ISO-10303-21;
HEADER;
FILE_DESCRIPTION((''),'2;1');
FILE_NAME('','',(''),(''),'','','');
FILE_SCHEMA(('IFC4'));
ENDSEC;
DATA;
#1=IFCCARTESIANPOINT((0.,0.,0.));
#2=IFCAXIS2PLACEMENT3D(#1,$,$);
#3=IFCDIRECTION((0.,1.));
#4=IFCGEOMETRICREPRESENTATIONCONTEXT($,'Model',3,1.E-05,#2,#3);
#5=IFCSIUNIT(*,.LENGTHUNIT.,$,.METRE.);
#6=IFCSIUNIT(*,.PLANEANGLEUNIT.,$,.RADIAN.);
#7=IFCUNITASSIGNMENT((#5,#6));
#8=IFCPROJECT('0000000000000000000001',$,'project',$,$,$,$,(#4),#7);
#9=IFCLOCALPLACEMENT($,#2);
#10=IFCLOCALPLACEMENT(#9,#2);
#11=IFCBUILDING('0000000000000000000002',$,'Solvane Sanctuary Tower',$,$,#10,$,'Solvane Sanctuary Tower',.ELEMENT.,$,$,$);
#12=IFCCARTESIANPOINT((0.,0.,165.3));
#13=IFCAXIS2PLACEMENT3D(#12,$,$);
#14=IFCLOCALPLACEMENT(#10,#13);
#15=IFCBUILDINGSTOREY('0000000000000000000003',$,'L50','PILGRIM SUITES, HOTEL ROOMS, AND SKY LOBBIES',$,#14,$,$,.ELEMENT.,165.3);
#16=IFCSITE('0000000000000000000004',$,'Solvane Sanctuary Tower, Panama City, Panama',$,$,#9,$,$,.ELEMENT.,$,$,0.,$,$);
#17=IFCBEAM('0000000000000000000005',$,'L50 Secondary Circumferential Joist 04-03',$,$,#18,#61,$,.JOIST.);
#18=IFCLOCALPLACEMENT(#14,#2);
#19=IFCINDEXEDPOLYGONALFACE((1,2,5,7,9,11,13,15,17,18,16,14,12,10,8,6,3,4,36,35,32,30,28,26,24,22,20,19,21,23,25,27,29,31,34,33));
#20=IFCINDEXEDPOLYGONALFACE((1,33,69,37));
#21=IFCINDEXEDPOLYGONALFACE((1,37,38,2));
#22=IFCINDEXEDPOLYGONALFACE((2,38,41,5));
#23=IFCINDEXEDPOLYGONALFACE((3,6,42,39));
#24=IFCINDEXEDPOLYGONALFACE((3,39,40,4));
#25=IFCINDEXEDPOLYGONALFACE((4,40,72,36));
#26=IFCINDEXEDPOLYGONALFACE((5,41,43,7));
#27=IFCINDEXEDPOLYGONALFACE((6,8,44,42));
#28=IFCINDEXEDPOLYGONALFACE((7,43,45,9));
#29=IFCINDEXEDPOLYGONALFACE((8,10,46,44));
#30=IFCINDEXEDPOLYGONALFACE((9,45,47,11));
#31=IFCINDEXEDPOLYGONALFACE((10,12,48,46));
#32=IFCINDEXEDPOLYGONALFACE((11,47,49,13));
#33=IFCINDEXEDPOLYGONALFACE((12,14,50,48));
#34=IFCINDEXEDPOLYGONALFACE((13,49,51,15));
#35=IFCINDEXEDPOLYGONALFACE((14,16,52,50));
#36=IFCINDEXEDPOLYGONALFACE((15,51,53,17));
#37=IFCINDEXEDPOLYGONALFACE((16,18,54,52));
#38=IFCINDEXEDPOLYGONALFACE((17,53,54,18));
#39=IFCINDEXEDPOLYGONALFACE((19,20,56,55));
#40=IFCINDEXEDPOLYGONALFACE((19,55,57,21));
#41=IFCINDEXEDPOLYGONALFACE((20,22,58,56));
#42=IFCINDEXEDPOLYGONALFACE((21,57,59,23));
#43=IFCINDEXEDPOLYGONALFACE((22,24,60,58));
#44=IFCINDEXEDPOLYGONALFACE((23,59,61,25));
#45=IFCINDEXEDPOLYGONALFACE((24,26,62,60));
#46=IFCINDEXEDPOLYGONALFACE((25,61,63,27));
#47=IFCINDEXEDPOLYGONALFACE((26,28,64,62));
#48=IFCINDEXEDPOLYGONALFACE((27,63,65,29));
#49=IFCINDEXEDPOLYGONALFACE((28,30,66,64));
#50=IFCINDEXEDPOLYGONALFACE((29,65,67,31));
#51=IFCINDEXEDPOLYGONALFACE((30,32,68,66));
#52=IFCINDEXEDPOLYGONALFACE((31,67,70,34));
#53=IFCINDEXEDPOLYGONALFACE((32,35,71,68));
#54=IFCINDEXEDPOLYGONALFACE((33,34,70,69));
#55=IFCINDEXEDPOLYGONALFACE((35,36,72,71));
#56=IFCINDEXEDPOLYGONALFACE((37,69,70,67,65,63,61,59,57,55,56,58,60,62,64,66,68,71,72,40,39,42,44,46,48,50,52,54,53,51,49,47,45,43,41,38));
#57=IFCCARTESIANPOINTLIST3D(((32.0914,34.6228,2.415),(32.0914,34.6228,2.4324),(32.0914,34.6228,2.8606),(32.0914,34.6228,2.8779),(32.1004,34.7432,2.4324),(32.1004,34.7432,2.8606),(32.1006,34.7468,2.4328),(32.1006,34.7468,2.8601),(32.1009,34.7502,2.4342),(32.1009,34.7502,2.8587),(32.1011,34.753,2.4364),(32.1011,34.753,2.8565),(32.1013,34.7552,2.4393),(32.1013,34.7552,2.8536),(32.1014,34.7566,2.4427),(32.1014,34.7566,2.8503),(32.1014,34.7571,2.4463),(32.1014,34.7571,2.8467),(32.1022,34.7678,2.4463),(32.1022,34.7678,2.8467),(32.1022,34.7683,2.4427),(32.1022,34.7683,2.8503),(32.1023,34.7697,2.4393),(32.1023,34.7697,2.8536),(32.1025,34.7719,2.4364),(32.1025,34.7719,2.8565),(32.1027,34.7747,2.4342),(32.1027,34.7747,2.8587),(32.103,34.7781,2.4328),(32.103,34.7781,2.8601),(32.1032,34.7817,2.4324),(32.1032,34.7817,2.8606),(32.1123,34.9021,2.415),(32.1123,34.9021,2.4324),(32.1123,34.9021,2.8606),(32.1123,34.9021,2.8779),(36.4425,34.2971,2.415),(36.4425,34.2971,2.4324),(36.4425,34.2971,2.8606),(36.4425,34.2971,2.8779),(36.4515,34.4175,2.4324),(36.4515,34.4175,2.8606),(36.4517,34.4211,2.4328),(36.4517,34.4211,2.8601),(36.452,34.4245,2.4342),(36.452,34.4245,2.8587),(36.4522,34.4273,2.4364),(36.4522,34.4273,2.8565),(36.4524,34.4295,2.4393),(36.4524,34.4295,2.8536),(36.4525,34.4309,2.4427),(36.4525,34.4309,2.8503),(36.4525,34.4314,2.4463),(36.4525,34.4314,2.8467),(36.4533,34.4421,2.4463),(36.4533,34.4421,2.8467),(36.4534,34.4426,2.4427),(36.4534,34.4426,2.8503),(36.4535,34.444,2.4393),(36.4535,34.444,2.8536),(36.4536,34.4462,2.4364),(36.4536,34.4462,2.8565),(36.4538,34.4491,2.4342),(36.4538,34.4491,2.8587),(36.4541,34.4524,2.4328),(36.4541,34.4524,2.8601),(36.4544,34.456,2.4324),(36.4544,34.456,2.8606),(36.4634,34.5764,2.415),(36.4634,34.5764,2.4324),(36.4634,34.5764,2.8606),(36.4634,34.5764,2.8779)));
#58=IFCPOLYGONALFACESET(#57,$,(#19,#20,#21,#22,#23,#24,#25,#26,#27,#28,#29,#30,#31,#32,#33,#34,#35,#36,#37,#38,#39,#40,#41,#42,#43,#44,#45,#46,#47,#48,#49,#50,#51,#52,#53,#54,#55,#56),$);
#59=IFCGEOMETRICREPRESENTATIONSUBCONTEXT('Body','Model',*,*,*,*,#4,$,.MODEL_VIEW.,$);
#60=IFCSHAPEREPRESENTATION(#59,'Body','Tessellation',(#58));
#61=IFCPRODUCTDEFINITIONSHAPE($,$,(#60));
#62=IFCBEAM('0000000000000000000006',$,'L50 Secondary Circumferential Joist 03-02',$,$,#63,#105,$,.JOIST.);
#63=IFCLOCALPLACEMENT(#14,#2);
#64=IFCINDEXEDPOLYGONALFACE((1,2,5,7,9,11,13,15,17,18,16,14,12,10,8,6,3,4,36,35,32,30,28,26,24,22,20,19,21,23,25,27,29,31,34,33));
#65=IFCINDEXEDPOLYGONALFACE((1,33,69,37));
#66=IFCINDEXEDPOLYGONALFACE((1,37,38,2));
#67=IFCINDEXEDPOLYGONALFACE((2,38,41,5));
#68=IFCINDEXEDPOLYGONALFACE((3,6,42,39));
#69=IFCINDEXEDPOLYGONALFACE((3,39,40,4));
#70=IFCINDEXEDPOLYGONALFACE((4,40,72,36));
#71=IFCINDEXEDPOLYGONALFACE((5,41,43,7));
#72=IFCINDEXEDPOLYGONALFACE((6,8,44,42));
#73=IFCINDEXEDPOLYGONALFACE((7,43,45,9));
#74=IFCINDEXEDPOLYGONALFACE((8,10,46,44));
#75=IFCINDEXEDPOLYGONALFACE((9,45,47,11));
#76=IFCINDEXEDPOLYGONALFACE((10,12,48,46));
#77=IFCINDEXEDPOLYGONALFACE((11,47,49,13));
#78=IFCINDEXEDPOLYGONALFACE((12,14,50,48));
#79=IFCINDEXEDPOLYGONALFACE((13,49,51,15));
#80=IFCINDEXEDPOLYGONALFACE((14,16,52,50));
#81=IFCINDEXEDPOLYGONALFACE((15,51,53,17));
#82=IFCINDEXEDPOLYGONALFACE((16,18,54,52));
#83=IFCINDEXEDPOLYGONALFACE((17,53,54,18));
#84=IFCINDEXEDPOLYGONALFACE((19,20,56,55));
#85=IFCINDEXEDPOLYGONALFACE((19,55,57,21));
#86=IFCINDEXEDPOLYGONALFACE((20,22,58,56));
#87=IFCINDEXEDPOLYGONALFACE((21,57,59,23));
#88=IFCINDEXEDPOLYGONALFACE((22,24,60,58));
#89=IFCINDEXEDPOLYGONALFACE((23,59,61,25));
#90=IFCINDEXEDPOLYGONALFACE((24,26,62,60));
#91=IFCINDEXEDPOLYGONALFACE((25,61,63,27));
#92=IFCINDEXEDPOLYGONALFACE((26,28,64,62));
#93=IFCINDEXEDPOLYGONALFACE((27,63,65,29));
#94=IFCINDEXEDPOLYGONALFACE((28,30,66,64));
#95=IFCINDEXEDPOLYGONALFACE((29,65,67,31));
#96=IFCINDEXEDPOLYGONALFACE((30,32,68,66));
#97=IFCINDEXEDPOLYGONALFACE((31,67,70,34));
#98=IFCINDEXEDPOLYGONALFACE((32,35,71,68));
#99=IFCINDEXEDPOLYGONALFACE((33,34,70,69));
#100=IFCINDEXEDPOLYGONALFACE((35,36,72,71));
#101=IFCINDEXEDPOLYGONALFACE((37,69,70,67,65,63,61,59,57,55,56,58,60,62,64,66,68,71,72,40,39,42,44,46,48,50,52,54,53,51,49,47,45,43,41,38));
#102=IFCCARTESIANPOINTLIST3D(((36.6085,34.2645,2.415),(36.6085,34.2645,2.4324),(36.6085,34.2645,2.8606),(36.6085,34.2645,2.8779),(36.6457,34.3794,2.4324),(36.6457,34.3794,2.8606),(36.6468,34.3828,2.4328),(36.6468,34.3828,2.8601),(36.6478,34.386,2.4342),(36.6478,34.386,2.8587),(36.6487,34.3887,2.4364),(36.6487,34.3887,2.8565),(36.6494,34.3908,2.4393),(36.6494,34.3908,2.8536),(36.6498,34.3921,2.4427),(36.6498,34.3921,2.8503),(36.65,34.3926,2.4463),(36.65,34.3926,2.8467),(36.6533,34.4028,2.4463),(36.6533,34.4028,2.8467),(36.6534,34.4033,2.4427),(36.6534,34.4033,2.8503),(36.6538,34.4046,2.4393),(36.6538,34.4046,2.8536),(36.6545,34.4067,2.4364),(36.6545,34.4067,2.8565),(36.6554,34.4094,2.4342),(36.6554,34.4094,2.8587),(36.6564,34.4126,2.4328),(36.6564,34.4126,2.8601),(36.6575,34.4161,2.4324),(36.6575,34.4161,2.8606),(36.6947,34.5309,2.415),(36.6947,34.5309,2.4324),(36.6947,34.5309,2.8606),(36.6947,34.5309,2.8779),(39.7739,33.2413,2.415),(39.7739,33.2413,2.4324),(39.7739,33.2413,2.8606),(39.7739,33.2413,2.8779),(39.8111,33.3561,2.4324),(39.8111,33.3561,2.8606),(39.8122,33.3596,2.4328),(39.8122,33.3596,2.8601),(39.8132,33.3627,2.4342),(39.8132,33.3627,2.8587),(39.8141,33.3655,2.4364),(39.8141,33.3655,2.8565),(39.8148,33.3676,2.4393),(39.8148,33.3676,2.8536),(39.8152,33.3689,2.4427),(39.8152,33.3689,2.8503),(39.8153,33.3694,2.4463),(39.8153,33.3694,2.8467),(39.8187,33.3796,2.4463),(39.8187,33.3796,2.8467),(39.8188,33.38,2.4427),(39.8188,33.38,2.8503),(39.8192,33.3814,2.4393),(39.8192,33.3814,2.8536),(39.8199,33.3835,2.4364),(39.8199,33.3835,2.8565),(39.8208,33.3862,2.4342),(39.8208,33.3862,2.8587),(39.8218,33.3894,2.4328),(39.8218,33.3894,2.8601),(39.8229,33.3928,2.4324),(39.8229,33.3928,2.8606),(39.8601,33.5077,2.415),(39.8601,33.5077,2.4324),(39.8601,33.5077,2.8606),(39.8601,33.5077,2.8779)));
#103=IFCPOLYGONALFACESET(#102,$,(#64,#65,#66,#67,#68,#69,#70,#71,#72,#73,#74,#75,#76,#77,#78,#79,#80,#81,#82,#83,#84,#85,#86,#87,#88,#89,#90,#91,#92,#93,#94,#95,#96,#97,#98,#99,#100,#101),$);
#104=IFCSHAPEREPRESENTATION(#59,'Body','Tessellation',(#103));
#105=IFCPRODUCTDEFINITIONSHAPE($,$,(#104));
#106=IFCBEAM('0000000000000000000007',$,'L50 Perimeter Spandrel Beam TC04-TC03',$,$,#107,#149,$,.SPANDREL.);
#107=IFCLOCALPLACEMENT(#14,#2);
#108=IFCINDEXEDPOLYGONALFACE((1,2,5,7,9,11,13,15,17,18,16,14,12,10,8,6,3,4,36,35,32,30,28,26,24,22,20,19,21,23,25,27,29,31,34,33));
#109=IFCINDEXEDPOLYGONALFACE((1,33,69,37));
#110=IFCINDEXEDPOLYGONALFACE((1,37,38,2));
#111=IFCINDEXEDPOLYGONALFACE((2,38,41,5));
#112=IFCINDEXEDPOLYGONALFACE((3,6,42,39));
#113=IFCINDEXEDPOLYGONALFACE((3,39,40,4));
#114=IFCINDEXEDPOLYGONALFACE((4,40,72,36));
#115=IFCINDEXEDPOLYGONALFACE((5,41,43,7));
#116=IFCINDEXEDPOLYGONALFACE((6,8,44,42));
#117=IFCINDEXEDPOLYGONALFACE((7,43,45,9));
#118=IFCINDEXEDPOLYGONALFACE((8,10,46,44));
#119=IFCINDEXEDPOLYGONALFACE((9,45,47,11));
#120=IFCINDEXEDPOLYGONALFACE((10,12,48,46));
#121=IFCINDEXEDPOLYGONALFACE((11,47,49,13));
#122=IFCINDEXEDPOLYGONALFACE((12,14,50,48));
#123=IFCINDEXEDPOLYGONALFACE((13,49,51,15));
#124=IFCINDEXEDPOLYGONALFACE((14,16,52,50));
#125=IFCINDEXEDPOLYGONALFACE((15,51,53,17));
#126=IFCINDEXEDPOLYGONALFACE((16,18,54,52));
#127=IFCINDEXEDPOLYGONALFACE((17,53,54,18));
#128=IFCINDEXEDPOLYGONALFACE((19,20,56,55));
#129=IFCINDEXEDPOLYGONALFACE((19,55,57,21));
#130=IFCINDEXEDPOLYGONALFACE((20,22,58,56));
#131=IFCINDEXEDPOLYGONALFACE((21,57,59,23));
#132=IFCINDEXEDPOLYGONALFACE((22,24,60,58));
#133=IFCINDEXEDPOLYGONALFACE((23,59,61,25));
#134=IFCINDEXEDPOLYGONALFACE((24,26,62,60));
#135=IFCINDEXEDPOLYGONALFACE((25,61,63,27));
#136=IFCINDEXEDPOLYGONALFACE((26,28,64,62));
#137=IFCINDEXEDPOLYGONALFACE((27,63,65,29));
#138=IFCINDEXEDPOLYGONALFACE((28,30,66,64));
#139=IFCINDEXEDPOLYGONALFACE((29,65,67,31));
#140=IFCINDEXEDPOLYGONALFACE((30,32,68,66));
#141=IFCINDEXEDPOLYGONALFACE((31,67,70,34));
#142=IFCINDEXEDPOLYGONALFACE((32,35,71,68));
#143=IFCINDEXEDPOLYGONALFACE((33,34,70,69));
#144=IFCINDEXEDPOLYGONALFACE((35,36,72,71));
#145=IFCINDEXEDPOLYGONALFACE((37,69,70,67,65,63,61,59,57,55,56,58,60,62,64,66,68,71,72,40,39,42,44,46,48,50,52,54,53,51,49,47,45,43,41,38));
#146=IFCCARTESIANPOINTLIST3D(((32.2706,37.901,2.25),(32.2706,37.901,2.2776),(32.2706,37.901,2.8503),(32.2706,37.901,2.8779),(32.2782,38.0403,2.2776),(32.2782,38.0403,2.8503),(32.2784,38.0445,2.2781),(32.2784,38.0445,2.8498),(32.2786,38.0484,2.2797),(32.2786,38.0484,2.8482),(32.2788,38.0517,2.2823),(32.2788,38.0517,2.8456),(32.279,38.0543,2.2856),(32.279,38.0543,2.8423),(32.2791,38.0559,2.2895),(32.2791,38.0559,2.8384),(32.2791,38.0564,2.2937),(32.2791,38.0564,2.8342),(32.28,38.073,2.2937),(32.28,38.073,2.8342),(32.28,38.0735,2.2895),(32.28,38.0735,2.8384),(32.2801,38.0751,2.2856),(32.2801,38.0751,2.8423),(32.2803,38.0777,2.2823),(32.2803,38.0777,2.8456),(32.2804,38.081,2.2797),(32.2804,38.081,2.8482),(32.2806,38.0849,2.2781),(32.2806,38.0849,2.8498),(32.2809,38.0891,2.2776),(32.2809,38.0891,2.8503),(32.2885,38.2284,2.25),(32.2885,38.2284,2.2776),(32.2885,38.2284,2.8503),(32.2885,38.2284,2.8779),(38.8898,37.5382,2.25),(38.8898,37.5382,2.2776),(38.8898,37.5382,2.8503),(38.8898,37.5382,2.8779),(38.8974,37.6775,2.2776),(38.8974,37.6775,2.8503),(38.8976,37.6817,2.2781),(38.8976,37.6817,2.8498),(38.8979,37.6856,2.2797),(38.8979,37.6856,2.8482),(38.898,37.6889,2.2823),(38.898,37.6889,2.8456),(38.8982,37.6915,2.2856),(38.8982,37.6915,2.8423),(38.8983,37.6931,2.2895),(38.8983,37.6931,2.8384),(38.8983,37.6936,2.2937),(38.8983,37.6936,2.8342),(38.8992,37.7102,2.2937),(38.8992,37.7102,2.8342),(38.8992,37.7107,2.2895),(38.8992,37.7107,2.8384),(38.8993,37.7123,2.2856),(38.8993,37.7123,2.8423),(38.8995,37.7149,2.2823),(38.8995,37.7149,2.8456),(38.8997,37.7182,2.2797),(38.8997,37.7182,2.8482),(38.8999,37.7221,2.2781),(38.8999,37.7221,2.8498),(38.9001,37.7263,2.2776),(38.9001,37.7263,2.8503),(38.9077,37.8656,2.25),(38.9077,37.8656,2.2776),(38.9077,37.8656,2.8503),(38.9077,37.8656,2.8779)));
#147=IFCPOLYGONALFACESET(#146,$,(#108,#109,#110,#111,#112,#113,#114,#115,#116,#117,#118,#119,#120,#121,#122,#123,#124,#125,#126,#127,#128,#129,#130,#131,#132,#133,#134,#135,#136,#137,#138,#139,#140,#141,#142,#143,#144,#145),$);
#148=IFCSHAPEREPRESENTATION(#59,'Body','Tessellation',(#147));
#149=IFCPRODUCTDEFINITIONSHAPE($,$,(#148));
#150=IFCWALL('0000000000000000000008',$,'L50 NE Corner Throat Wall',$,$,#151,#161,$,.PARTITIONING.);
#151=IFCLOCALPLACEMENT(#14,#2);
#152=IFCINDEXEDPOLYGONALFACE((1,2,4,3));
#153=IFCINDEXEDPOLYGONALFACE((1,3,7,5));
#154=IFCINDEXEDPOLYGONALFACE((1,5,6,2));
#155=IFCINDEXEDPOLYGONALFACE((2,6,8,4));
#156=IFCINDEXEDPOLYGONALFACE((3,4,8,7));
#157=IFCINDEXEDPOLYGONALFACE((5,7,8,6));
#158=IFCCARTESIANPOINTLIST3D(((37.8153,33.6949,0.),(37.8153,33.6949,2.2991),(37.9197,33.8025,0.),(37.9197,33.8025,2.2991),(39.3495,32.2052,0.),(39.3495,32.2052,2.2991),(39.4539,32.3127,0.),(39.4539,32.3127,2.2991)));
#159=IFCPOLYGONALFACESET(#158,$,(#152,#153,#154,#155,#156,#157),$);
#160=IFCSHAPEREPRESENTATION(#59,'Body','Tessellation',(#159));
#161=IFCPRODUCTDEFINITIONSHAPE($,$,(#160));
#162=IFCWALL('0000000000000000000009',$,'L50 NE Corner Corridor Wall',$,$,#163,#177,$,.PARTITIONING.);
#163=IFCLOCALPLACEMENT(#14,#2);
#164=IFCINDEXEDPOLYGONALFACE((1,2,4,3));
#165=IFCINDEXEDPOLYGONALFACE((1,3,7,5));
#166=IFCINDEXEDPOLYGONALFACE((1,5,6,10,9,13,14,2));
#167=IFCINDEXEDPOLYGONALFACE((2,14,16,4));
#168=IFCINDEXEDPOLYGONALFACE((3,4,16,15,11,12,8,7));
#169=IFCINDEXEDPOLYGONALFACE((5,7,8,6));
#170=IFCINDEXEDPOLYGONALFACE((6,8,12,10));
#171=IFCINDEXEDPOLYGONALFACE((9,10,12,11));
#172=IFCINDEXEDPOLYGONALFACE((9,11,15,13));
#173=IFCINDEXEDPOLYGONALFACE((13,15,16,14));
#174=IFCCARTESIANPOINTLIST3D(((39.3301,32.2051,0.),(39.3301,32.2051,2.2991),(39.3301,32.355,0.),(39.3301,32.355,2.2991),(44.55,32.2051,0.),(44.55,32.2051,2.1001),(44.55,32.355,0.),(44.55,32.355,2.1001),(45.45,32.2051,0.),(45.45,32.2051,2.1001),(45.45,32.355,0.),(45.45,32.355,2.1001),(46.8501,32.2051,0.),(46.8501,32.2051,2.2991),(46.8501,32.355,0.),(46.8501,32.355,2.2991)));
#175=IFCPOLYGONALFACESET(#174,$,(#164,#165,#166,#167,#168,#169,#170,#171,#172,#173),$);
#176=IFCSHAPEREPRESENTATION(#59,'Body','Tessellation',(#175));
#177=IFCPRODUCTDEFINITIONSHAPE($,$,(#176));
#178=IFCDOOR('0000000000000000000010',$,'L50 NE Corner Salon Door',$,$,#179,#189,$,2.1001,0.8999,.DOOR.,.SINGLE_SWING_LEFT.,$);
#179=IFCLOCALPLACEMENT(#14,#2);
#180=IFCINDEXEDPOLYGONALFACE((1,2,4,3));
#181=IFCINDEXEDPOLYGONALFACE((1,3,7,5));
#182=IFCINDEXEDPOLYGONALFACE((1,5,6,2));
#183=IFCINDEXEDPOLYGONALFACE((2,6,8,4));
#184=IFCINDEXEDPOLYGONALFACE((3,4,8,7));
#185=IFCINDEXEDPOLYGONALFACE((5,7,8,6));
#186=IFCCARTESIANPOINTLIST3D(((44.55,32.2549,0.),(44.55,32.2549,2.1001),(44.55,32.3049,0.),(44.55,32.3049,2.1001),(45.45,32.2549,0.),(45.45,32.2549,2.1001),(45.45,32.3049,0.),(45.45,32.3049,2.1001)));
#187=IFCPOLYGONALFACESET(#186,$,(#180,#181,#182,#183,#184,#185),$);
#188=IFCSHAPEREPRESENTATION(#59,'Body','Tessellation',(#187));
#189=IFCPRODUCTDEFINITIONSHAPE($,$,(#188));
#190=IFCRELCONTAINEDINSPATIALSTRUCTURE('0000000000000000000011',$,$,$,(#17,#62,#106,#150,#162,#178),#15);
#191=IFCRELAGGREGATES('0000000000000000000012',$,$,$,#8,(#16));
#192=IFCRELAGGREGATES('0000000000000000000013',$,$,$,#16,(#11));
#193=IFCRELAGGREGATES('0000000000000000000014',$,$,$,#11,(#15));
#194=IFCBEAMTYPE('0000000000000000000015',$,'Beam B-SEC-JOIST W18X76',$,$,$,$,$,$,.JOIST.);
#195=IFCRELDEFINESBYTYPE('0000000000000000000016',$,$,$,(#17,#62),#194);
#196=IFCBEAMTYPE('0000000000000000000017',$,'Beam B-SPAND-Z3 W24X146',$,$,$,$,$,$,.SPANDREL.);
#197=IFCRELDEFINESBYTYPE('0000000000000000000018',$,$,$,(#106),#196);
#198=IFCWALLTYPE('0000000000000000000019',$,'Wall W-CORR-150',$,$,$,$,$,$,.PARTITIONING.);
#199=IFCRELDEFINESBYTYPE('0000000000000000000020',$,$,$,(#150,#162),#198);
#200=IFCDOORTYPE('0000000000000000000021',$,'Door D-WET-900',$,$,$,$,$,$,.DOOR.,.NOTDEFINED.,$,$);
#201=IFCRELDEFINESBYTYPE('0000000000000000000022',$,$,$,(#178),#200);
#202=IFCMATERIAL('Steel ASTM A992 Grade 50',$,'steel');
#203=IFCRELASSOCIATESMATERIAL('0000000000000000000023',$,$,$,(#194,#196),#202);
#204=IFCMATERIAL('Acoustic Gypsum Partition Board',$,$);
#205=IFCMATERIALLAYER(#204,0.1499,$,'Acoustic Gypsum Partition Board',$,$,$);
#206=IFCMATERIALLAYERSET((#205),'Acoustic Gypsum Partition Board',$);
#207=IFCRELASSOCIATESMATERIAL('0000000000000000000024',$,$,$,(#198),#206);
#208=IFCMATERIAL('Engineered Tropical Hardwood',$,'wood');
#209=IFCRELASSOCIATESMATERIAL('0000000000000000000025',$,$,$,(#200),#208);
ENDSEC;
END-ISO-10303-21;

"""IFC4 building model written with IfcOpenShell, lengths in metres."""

from ifc_helpers import new_model, si_unit, direction, frame, frame_2d, origin, origin_2d, place, context, subcontext, project, spatial, rectangle, i_section, extrude, material, layer, layer_set, material_profile, profile_set, type_object, element, fill, save


model = new_model("IFC4")

# Units and contexts
model_context = context("Model", 3, precision=1e-05, world=origin(), true_north=direction((0.0, 1.0)))
body_context = subcontext(model_context, "Body", "Model", "MODEL_VIEW")
ifc_project = project(units=[si_unit("LENGTHUNIT", "METRE"), si_unit("PLANEANGLEUNIT", "RADIAN")], contexts=[model_context])

# Site, building, storey
site_placement = place(None, origin())
site = spatial("IfcSite", under=ifc_project, at=site_placement, Name="Solvane Sanctuary Tower, Panama City, Panama", CompositionType="ELEMENT", RefElevation=0.0)
building_placement = place(site_placement, origin())
building = spatial("IfcBuilding", under=site, at=building_placement, Name="Solvane Sanctuary Tower", LongName="Solvane Sanctuary Tower", CompositionType="ELEMENT")
storey_placement = place(building_placement, frame((0.0, 0.0, 165.3)))
storey = spatial("IfcBuildingStorey", under=building, at=storey_placement, Name="L50", Description="PILGRIM SUITES, HOTEL ROOMS, AND SKY LOBBIES", CompositionType="ELEMENT", Elevation=165.3)

# Beams
ifc_material_1 = material(Name="Steel ASTM A992 Grade 50", Category="steel")
ifc_material_profile_1 = material_profile(ifc_material_1, i_section(OverallWidth=0.28, OverallDepth=0.4629, WebThickness=0.0107, FlangeThickness=0.0173, FilletRadius=0.0139, at=origin_2d()), Name="W18X76")
ifc_profile_set_1 = profile_set([ifc_material_profile_1], Name="Steel ASTM A992 Grade 50")
beam_type_1 = type_object("IfcBeamType", Name="Beam B-SEC-JOIST W18X76", PredefinedType="JOIST", material=ifc_profile_set_1)
beam_1_placement = place(storey_placement, frame((32.1018, 34.7625, 2.6465), z_axis=(0.99721, -0.074642, 0.0), x_axis=(0.074642, 0.99721, 0.0)))
element("IfcBeam", 1, at=beam_1_placement, inside=storey, type_object=beam_type_1, Name="L50 Secondary Circumferential Joist 04-03", PredefinedType="JOIST", context=body_context, shape_type="SweptSolid", body=[
    extrude(i_section(OverallWidth=0.28, OverallDepth=0.4629, WebThickness=0.0107, FlangeThickness=0.0173, FilletRadius=0.0139, at=origin_2d()), origin(), (0.0, 0.0, 1.0), 4.3633),
])
beam_2_placement = place(storey_placement, frame((36.6516, 34.3977, 2.6465), z_axis=(0.951521, -0.307584, 0.0), x_axis=(0.307584, 0.951521, 0.0)))
element("IfcBeam", 2, at=beam_2_placement, inside=storey, type_object=beam_type_1, Name="L50 Secondary Circumferential Joist 03-02", PredefinedType="JOIST", context=body_context, shape_type="SweptSolid", body=[
    extrude(i_section(OverallWidth=0.28, OverallDepth=0.4629, WebThickness=0.0107, FlangeThickness=0.0173, FilletRadius=0.0139, at=origin_2d()), origin(), (0.0, 0.0, 1.0), 3.3267),
])
ifc_material_profile_2 = material_profile(ifc_material_1, i_section(OverallWidth=0.3279, OverallDepth=0.6279, WebThickness=0.0166, FlangeThickness=0.0276, FilletRadius=0.0161, at=origin_2d()), Name="W24X146")
ifc_profile_set_2 = profile_set([ifc_material_profile_2], Name="Steel ASTM A992 Grade 50")
beam_type_2 = type_object("IfcBeamType", Name="Beam B-SPAND-Z3 W24X146", PredefinedType="SPANDREL", material=ifc_profile_set_2)
beam_3_placement = place(storey_placement, frame((32.2795, 38.0647, 2.564), z_axis=(0.998501, -0.054728, 0.0), x_axis=(0.054728, 0.998501, 0.0)))
element("IfcBeam", 3, at=beam_3_placement, inside=storey, type_object=beam_type_2, Name="L50 Perimeter Spandrel Beam TC04-TC03", PredefinedType="SPANDREL", context=body_context, shape_type="SweptSolid", body=[
    extrude(i_section(OverallWidth=0.3279, OverallDepth=0.6279, WebThickness=0.0166, FlangeThickness=0.0276, FilletRadius=0.0161, at=origin_2d()), origin(), (0.0, 0.0, 1.0), 6.6292),
])

# Wall
ifc_material_2 = material(Name="Acoustic Gypsum Partition Board")
ifc_layer_1 = layer(ifc_material_2, 0.1499, Name="Acoustic Gypsum Partition Board")
ifc_layer_set_1 = layer_set([ifc_layer_1], Name="Acoustic Gypsum Partition Board")
wall_type_1 = type_object("IfcWallType", Name="Wall W-CORR-150", PredefinedType="PARTITIONING", material=ifc_layer_set_1)
wall_1_placement = place(storey_placement, frame((37.8674, 33.7488, 0.0), z_axis=(0.0, 0.0, 1.0), x_axis=(0.71742, -0.696641, 0.0)))
element("IfcWall", 4, at=wall_1_placement, inside=storey, type_object=wall_type_1, Name="L50 NE Corner Throat Wall", PredefinedType="PARTITIONING", context=body_context, shape_type="SweptSolid", body=[
    extrude(rectangle(XDim=2.1384, YDim=0.1499, at=frame_2d((1.0693, 0.0))), origin(), (0.0, 0.0, 1.0), 2.2991),
])

# Wall, opening, door
wall_2_placement = place(storey_placement, frame((39.3301, 32.28, 0.0), z_axis=(0.0, 0.0, 1.0), x_axis=(1.0, 0.0, 0.0)))
wall_2 = element("IfcWall", 5, at=wall_2_placement, inside=storey, type_object=wall_type_1, Name="L50 NE Corner Corridor Wall", PredefinedType="PARTITIONING", context=body_context, shape_type="SweptSolid", body=[
    extrude(rectangle(XDim=7.52, YDim=0.1499, at=frame_2d((3.76, 0.0))), origin(), (0.0, 0.0, 1.0), 2.2991),
])
opening_1_placement = place(wall_2_placement, frame((5.22, 0.0, 0.0)))
opening_1 = element("IfcOpeningElement", 6, at=opening_1_placement, cuts=wall_2, PredefinedType="OPENING", context=body_context, shape_type="SweptSolid", body=[
    extrude(rectangle(XDim=0.8999, YDim=2.1001, at=frame_2d((0.45, 1.05))), frame((0.0, 0.085, 0.0), z_axis=(0.0, -1.0, 0.0), x_axis=(1.0, 0.0, 0.0)), (0.0, 0.0, 1.0), 0.1699),
])
ifc_material_3 = material(Name="Engineered Tropical Hardwood", Category="wood")
door_type_1 = type_object("IfcDoorType", Name="Door D-WET-900", OperationType="NOTDEFINED", PredefinedType="DOOR", material=ifc_material_3)
door_1_placement = place(opening_1_placement, origin())
door_1 = element("IfcDoor", 7, at=door_1_placement, inside=storey, type_object=door_type_1, Name="L50 NE Corner Salon Door", OperationType="SINGLE_SWING_LEFT", OverallHeight=2.1001, OverallWidth=0.8999, PredefinedType="DOOR", context=body_context, shape_type="SweptSolid", body=[
    extrude(rectangle(XDim=0.8999, YDim=2.1001, at=frame_2d((0.45, 1.05))), frame((0.0, 0.0249, 0.0), z_axis=(0.0, -1.0, 0.0), x_axis=(1.0, 0.0, 0.0)), (0.0, 0.0, 1.0), 0.05),
])
fill(opening_1, door_1)

save(model, "model.ifc")
